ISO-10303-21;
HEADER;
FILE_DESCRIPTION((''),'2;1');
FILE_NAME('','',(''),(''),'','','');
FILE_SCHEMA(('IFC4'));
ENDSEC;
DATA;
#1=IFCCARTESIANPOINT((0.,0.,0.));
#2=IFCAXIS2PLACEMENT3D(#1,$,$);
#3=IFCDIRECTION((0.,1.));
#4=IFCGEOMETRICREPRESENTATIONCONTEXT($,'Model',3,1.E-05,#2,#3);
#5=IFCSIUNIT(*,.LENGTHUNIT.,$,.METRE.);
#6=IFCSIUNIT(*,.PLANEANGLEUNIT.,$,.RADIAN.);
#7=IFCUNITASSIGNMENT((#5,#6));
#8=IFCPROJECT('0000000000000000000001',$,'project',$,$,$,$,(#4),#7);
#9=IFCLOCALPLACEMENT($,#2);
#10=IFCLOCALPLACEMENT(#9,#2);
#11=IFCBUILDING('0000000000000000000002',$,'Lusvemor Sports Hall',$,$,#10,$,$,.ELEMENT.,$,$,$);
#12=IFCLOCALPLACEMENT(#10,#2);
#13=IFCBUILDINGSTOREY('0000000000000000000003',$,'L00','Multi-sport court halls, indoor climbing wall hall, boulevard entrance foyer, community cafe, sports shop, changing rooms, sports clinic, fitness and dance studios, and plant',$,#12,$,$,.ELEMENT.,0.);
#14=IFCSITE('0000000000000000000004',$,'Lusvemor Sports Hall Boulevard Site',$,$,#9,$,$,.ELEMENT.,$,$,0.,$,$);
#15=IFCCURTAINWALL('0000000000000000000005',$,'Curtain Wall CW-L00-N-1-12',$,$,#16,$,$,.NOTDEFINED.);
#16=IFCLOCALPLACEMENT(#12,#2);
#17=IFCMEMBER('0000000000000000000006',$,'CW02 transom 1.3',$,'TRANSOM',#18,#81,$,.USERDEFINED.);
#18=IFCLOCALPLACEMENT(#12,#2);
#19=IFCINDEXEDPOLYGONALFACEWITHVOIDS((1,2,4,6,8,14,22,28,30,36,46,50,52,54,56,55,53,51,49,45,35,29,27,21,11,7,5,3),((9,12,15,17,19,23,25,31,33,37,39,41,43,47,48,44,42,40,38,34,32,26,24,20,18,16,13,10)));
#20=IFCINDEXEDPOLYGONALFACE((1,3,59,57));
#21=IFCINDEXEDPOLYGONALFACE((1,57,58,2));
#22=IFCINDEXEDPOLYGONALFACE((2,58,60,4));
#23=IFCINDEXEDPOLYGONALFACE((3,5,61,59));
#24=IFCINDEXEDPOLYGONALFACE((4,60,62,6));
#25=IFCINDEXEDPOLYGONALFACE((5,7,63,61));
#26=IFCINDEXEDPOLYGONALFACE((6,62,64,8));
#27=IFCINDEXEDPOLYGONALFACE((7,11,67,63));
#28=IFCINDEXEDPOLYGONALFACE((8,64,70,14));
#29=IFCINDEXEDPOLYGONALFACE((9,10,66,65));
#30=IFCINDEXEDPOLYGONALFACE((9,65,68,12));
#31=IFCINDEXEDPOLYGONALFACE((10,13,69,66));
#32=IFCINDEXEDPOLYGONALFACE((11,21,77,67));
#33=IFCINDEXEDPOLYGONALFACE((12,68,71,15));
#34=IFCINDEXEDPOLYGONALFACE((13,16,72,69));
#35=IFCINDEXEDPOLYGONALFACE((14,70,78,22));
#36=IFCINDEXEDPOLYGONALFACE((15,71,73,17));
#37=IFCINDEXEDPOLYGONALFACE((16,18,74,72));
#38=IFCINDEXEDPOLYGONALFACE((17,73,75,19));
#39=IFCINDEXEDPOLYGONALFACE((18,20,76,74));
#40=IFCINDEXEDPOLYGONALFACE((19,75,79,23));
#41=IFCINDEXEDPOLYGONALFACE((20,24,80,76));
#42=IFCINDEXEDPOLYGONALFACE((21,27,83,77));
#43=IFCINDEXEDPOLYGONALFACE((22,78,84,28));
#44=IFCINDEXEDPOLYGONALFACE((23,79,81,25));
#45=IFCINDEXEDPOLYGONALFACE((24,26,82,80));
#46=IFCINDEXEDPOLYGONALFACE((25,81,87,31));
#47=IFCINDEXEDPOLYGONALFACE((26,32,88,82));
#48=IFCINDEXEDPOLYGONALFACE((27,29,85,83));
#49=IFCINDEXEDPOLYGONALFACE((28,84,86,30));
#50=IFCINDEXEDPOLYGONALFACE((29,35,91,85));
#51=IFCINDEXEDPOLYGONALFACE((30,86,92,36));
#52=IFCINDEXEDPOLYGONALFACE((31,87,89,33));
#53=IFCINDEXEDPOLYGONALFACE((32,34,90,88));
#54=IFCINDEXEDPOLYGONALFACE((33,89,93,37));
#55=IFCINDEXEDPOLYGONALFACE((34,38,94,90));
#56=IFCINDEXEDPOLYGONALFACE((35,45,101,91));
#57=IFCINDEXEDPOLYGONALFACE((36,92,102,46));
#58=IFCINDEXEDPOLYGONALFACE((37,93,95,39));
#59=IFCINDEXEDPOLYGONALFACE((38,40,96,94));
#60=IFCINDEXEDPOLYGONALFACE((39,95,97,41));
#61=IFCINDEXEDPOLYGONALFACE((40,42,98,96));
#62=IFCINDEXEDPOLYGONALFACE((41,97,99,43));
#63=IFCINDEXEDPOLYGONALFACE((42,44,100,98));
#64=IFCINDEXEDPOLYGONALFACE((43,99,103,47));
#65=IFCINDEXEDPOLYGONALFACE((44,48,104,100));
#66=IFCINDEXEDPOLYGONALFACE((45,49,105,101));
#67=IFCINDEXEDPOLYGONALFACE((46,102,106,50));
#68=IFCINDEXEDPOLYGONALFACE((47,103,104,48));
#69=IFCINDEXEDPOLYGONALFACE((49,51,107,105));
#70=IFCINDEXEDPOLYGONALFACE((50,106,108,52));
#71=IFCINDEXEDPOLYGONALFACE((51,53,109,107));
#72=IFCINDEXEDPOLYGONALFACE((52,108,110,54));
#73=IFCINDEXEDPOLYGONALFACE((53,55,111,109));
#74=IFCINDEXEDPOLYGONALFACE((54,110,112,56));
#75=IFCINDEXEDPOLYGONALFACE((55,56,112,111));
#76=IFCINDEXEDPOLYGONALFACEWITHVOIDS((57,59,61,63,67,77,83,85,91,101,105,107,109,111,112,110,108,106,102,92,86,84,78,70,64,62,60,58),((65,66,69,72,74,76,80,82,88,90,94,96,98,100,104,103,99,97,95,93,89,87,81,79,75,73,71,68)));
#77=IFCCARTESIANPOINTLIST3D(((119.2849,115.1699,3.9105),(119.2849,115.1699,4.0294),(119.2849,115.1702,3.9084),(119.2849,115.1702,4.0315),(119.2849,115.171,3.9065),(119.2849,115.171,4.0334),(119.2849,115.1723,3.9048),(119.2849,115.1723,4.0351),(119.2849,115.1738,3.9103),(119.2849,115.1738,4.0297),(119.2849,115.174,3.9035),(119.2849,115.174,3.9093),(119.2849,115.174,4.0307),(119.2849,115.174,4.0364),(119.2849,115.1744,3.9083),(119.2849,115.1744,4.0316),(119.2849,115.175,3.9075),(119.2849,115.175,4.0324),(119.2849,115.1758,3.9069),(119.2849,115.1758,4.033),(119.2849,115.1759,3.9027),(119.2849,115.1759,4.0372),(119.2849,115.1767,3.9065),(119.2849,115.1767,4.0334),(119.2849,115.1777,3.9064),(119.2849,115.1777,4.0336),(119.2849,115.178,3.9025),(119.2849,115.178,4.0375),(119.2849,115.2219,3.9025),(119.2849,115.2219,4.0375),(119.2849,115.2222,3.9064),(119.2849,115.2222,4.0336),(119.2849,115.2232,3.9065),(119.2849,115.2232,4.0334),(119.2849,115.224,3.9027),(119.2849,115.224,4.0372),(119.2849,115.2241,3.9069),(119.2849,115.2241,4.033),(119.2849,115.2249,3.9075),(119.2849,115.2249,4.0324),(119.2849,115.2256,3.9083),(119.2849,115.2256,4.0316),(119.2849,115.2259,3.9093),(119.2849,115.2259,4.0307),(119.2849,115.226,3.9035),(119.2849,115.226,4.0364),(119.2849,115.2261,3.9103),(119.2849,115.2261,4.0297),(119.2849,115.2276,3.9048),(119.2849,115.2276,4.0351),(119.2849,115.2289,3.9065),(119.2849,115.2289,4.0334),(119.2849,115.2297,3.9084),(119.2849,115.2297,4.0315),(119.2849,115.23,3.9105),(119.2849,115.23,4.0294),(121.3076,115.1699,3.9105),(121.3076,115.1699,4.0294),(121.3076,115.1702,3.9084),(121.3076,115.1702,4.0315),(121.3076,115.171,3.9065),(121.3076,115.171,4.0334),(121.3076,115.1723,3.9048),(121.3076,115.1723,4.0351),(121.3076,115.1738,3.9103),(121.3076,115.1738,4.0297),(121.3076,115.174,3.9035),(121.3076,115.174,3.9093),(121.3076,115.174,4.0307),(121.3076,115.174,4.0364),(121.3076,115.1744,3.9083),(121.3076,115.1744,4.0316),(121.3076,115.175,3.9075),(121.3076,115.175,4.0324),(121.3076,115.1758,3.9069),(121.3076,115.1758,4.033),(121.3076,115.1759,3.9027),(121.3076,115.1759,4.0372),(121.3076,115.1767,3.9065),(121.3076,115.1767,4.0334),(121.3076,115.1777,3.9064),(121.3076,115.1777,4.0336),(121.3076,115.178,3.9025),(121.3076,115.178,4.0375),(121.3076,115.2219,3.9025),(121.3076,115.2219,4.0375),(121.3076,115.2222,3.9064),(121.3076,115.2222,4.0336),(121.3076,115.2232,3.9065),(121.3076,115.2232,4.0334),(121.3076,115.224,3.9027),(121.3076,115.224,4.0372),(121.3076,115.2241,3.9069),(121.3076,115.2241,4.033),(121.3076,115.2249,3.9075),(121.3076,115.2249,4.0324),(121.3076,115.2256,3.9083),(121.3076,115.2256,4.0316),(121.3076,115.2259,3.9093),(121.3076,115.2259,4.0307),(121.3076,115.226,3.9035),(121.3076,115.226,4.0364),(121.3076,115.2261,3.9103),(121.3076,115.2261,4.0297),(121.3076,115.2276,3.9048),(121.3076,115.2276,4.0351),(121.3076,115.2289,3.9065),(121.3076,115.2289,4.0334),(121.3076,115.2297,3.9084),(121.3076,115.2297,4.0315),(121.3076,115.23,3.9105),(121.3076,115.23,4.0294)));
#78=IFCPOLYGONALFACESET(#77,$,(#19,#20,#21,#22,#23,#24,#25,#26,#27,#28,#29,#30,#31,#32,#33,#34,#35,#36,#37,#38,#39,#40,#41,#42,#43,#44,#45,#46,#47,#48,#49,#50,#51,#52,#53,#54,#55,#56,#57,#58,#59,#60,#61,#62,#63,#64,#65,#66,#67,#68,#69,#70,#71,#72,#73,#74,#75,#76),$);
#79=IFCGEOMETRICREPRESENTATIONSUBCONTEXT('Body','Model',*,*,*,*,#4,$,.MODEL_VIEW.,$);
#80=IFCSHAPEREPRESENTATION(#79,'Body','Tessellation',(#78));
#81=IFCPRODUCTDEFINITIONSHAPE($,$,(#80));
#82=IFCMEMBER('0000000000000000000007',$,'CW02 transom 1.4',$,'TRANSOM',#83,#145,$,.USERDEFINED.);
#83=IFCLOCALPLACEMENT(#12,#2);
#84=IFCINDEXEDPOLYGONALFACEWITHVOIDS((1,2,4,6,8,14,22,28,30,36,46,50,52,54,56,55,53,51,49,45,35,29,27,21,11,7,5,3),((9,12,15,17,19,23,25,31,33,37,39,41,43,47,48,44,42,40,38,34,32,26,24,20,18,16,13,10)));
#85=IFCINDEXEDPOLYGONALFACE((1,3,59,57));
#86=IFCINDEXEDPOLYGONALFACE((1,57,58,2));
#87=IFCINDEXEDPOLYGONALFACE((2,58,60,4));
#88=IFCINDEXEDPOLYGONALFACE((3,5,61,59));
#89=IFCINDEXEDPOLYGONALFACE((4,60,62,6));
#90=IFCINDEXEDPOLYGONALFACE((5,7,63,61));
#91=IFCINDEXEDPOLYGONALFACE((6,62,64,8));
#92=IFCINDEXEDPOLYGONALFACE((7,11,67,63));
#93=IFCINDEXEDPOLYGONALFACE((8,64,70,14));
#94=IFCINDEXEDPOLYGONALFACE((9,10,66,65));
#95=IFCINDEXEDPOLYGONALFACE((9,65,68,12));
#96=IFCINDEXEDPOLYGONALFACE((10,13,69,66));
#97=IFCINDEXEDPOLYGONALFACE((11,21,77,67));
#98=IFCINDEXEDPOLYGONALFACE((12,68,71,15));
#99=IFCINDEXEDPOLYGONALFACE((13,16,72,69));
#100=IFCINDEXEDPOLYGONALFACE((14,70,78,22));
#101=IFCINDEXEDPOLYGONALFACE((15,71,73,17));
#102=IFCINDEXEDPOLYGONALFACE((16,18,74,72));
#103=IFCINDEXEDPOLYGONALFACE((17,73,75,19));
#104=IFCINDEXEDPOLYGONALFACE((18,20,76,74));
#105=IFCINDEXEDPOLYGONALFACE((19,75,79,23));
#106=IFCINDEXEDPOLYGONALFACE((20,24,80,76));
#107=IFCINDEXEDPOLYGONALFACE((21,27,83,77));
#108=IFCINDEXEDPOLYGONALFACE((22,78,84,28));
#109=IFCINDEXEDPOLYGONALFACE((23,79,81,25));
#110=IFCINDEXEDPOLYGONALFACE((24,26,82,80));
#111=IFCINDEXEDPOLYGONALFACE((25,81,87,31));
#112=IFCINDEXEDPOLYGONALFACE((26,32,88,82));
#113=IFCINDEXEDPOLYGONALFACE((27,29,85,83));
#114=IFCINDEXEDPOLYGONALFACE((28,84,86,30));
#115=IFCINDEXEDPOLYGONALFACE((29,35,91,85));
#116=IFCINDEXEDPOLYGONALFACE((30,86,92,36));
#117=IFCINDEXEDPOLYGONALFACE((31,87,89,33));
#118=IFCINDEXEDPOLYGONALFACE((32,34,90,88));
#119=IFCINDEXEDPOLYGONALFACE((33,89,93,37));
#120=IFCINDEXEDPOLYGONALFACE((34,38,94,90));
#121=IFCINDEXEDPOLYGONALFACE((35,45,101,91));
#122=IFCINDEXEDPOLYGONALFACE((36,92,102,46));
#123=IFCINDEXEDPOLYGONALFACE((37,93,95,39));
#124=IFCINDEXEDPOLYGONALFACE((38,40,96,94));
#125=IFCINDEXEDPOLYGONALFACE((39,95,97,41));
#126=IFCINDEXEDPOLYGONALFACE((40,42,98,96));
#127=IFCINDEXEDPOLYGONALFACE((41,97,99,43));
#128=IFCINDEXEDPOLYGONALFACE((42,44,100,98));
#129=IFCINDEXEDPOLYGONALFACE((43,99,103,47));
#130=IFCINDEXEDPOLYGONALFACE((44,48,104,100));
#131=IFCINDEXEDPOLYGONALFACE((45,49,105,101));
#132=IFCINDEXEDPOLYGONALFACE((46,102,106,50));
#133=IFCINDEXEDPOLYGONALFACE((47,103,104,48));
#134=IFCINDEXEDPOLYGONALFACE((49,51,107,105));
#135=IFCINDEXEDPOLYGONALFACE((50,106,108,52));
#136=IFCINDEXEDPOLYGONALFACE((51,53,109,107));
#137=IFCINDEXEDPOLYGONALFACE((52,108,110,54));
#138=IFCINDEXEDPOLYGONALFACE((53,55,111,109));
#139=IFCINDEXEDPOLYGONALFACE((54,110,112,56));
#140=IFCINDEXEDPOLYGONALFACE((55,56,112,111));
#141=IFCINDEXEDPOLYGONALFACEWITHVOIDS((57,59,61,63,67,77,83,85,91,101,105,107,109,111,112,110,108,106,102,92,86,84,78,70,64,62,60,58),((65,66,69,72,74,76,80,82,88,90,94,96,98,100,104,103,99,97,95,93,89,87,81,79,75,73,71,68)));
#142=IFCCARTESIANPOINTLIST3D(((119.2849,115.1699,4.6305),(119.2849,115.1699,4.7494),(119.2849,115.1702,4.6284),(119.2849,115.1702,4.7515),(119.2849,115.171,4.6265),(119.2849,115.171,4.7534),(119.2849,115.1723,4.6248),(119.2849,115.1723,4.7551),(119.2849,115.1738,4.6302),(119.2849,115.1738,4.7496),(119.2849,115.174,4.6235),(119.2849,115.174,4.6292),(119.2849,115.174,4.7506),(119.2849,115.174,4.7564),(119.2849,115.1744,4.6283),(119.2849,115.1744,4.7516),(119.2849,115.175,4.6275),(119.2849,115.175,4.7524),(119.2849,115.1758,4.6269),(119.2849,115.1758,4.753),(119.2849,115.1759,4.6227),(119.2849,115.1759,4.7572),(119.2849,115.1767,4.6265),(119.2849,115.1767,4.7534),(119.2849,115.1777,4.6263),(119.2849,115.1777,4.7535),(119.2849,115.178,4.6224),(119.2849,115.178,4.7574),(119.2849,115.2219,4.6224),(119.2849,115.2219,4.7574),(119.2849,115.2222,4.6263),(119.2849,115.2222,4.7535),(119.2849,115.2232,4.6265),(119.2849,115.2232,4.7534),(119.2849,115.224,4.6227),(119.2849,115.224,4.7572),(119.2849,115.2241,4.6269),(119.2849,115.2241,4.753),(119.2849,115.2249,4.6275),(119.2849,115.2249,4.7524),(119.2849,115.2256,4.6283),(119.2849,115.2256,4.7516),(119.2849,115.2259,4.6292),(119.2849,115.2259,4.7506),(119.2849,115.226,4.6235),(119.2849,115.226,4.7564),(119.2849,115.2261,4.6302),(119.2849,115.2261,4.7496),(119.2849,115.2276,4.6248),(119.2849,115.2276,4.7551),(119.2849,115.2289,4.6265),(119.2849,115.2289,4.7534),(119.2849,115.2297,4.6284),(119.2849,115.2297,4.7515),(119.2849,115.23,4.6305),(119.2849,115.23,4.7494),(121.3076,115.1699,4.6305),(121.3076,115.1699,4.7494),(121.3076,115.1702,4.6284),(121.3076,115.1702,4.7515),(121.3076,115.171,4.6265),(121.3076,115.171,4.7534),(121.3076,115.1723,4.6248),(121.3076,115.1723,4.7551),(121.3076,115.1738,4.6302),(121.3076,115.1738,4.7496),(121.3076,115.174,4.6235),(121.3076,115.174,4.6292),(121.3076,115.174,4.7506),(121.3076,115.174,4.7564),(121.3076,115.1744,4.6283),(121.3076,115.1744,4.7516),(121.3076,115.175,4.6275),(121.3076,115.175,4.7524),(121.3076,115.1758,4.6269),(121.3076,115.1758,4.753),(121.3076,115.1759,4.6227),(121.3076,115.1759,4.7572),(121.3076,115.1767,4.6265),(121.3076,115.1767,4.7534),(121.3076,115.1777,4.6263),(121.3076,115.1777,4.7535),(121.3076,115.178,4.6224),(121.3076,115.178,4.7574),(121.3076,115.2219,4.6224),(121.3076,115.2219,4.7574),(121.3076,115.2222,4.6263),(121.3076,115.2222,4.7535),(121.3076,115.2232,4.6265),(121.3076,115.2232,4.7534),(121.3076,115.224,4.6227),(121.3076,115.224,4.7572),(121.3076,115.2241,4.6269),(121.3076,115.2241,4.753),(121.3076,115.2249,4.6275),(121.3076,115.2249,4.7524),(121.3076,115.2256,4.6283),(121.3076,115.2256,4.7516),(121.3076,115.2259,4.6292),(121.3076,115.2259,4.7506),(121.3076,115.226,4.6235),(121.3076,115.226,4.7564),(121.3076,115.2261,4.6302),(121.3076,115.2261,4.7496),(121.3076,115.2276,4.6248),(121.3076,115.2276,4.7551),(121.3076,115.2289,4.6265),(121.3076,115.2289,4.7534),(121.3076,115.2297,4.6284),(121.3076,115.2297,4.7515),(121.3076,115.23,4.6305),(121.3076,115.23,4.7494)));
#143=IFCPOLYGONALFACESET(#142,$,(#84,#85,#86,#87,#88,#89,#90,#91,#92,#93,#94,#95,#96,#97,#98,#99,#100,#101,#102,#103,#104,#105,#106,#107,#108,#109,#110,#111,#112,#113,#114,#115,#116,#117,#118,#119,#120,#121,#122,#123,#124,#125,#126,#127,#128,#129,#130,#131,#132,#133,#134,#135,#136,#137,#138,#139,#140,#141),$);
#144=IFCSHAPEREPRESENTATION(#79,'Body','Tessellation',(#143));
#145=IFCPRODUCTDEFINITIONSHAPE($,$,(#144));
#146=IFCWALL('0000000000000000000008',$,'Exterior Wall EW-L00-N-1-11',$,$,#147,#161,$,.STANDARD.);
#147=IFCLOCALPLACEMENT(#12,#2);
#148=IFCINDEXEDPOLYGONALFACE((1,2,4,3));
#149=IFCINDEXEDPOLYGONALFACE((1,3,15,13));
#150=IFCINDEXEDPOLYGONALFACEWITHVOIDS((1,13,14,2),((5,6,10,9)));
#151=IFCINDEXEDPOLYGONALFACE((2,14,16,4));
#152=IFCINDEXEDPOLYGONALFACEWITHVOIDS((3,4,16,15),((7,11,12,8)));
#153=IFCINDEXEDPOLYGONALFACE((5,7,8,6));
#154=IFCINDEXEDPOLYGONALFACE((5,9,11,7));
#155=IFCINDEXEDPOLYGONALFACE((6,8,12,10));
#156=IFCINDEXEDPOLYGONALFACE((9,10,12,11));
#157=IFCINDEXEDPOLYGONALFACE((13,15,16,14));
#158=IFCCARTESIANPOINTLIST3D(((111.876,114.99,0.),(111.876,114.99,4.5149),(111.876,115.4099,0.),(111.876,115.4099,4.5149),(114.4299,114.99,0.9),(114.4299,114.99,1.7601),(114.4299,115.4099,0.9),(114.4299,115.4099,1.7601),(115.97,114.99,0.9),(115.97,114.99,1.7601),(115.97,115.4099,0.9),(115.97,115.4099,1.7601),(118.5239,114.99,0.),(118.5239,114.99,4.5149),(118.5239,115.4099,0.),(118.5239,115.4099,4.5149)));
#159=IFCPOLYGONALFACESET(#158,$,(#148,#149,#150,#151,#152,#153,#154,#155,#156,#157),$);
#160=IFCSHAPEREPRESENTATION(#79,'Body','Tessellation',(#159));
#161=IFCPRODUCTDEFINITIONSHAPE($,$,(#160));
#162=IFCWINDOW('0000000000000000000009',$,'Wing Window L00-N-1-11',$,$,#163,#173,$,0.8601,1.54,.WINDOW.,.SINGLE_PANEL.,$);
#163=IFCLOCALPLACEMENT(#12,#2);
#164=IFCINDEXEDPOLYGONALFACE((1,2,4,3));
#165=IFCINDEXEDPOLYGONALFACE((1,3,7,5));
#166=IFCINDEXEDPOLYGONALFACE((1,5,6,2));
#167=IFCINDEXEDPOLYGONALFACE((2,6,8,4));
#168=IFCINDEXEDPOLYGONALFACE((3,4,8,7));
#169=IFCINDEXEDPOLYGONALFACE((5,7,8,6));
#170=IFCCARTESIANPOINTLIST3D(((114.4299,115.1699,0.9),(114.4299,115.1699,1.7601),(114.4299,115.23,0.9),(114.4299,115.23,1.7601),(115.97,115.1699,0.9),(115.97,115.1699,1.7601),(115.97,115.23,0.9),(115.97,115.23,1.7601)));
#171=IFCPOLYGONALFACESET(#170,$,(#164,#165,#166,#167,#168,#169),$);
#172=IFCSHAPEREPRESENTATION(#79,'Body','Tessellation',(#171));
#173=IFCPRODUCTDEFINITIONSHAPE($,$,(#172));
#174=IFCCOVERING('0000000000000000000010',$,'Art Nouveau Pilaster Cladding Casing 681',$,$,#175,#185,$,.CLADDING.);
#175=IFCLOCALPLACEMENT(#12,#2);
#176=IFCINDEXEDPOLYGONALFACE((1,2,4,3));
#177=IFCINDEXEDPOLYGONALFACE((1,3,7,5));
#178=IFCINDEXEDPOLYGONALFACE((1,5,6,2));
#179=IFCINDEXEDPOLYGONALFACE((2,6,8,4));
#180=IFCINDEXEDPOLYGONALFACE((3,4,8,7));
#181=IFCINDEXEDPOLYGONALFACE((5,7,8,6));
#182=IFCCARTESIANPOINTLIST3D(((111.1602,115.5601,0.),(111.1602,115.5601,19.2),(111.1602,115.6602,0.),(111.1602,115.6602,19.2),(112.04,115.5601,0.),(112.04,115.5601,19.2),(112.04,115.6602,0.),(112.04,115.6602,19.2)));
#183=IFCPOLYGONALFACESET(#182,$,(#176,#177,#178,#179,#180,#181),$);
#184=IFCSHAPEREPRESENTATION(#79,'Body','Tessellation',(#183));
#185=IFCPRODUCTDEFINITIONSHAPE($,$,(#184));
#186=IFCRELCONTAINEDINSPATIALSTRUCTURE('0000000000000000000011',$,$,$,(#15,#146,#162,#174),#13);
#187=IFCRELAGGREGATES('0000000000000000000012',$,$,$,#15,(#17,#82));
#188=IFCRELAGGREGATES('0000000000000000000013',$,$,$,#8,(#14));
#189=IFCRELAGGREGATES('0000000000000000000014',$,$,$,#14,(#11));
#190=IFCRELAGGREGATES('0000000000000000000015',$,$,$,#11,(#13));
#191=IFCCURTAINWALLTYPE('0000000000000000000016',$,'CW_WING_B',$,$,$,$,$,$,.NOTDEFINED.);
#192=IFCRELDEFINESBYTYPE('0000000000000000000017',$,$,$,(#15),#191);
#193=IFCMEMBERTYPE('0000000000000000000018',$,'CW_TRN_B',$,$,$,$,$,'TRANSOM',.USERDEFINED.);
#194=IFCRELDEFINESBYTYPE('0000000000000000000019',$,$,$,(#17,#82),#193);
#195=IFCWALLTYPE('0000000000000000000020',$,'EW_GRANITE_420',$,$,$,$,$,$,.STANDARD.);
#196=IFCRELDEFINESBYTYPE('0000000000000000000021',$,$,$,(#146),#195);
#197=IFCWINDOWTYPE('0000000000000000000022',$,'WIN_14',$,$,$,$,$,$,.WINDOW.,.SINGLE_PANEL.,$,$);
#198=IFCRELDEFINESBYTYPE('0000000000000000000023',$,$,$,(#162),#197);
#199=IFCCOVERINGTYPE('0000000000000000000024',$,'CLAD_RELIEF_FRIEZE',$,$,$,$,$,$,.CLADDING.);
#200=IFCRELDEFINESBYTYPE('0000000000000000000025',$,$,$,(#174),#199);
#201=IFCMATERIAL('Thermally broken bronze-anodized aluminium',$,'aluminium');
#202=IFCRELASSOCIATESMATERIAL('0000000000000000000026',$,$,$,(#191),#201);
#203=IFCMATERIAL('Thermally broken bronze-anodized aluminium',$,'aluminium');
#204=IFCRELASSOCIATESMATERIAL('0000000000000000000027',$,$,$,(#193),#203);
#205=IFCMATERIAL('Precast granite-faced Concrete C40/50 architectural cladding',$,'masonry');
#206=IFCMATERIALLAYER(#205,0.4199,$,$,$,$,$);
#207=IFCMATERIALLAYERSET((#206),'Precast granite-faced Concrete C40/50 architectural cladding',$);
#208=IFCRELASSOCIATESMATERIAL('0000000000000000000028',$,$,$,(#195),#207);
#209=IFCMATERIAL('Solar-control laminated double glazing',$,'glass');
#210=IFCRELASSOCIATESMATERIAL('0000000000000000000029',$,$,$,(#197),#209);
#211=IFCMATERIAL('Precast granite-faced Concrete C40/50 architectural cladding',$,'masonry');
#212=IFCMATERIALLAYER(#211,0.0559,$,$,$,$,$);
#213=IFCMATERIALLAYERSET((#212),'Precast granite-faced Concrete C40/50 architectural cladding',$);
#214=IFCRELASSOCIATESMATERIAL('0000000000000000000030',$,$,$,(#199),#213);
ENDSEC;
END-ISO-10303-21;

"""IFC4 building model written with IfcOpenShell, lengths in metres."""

from ifc_helpers import new_model, si_unit, direction, frame, frame_2d, origin, origin_2d, place, context, subcontext, project, spatial, rectangle, hollow_rectangle, extrude, material, layer, layer_set, material_profile, profile_set, type_object, element, fill, aggregate, save


model = new_model("IFC4")

# Units and contexts
model_context = context("Model", 3, precision=1e-05, world=origin(), true_north=direction((0.0, 1.0)))
body_context = subcontext(model_context, "Body", "Model", "MODEL_VIEW")
ifc_project = project(units=[si_unit("LENGTHUNIT", "METRE"), si_unit("PLANEANGLEUNIT", "RADIAN")], contexts=[model_context])

# Site, building, storey
site_placement = place(None, origin())
site = spatial("IfcSite", under=ifc_project, at=site_placement, Name="Lusvemor Sports Hall Boulevard Site", CompositionType="ELEMENT", RefElevation=0.0)
building_placement = place(site_placement, origin())
building = spatial("IfcBuilding", under=site, at=building_placement, Name="Lusvemor Sports Hall", CompositionType="ELEMENT")
storey_placement = place(building_placement, origin())
storey = spatial("IfcBuildingStorey", under=building, at=storey_placement, Name="L00", Description="Multi-sport court halls, indoor climbing wall hall, boulevard entrance foyer, community cafe, sports shop, changing rooms, sports clinic, fitness and dance studios, and plant", CompositionType="ELEMENT", Elevation=0.0)

# Curtain wall, members
ifc_material_1 = material(Name="Thermally broken bronze-anodized aluminium", Category="aluminium")
curtain_wall_type = type_object("IfcCurtainWallType", Name="CW_WING_B", PredefinedType="NOTDEFINED", material=ifc_material_1)
curtain_wall_placement = place(storey_placement, origin())
curtain_wall = element("IfcCurtainWall", 1, at=curtain_wall_placement, inside=storey, type_object=curtain_wall_type, Name="Curtain Wall CW-L00-N-1-12", PredefinedType="NOTDEFINED")
ifc_material_2 = material(Name="Thermally broken bronze-anodized aluminium", Category="aluminium")
ifc_material_profile_1 = material_profile(ifc_material_2, hollow_rectangle(XDim=0.0601, YDim=0.135, WallThickness=0.0039, InnerFilletRadius=0.0039, OuterFilletRadius=0.0081, at=origin_2d()), Name="CWTRN135x60x4")
ifc_profile_set_1 = profile_set([ifc_material_profile_1], Name="Thermally broken bronze-anodized aluminium")
member_type_1 = type_object("IfcMemberType", Name="CW_TRN_B", ElementType="TRANSOM", PredefinedType="USERDEFINED", material=ifc_profile_set_1)
member_1_placement = place(storey_placement, frame((119.2849, 115.2, 3.97), z_axis=(1.0, 0.0, 0.0), x_axis=(0.0, 1.0, 0.0)))
member_1 = element("IfcMember", 2, at=member_1_placement, type_object=member_type_1, Name="CW02 transom 1.3", ObjectType="TRANSOM", PredefinedType="USERDEFINED", context=body_context, shape_type="SweptSolid", body=[
    extrude(hollow_rectangle(XDim=0.0601, YDim=0.135, WallThickness=0.0039, InnerFilletRadius=0.0039, OuterFilletRadius=0.0081, at=origin_2d()), origin(), (0.0, 0.0, 1.0), 2.0227),
])
member_2_placement = place(storey_placement, frame((119.2849, 115.2, 4.6899), z_axis=(1.0, 0.0, 0.0), x_axis=(0.0, 1.0, 0.0)))
member_2 = element("IfcMember", 3, at=member_2_placement, type_object=member_type_1, Name="CW02 transom 1.4", ObjectType="TRANSOM", PredefinedType="USERDEFINED", context=body_context, shape_type="SweptSolid", body=[
    extrude(hollow_rectangle(XDim=0.0601, YDim=0.135, WallThickness=0.0039, InnerFilletRadius=0.0039, OuterFilletRadius=0.0081, at=origin_2d()), origin(), (0.0, 0.0, 1.0), 2.0227),
])
aggregate(curtain_wall, [member_1, member_2])

# Wall, opening, window
ifc_material_3 = material(Name="Precast granite-faced Concrete C40/50 architectural cladding", Category="masonry")
ifc_layer_1 = layer(ifc_material_3, 0.4199)
ifc_layer_set_1 = layer_set([ifc_layer_1], Name="Precast granite-faced Concrete C40/50 architectural cladding")
wall_type_1 = type_object("IfcWallType", Name="EW_GRANITE_420", PredefinedType="STANDARD", material=ifc_layer_set_1)
wall_1_placement = place(storey_placement, frame((111.876, 115.2, 0.0), z_axis=(0.0, 0.0, 1.0), x_axis=(1.0, 0.0, 0.0)))
wall_1 = element("IfcWall", 4, at=wall_1_placement, inside=storey, type_object=wall_type_1, Name="Exterior Wall EW-L00-N-1-11", PredefinedType="STANDARD", context=body_context, shape_type="SweptSolid", body=[
    extrude(rectangle(XDim=6.6479, YDim=0.4199, at=frame_2d((3.324, 0.0))), origin(), (0.0, 0.0, 1.0), 4.5149),
])
opening_1_placement = place(wall_1_placement, frame((2.554, 0.0, 0.8999)))
opening_1 = element("IfcOpeningElement", 5, at=opening_1_placement, cuts=wall_1, PredefinedType="OPENING", context=body_context, shape_type="SweptSolid", body=[
    extrude(rectangle(XDim=1.54, YDim=0.8601, at=frame_2d((0.77, 0.4302))), frame((0.0, 0.21, 0.0), z_axis=(0.0, -1.0, 0.0), x_axis=(1.0, 0.0, 0.0)), (0.0, 0.0, 1.0), 0.4199),
])
ifc_material_4 = material(Name="Solar-control laminated double glazing", Category="glass")
window_type = type_object("IfcWindowType", Name="WIN_14", PartitioningType="SINGLE_PANEL", PredefinedType="WINDOW", material=ifc_material_4)
window_placement = place(opening_1_placement, origin())
window = element("IfcWindow", 6, at=window_placement, inside=storey, type_object=window_type, Name="Wing Window L00-N-1-11", OverallHeight=0.8601, OverallWidth=1.54, PartitioningType="SINGLE_PANEL", PredefinedType="WINDOW", context=body_context, shape_type="SweptSolid", body=[
    extrude(rectangle(XDim=1.54, YDim=0.8601, at=frame_2d((0.77, 0.4302))), frame((0.0, 0.03, 0.0), z_axis=(0.0, -1.0, 0.0), x_axis=(1.0, 0.0, 0.0)), (0.0, 0.0, 1.0), 0.0601),
])
fill(opening_1, window)

# Covering
ifc_material_5 = material(Name="Precast granite-faced Concrete C40/50 architectural cladding", Category="masonry")
ifc_layer_2 = layer(ifc_material_5, 0.0559)
ifc_layer_set_2 = layer_set([ifc_layer_2], Name="Precast granite-faced Concrete C40/50 architectural cladding")
covering_type_1 = type_object("IfcCoveringType", Name="CLAD_RELIEF_FRIEZE", PredefinedType="CLADDING", material=ifc_layer_set_2)
for number, where, z_axis, x_axis, name in (
    (7, (111.6001, 115.6101, 0.0), (0.0, 0.0, 1.0), (1.0, 0.0, 0.0), "Art Nouveau Pilaster Cladding Casing 681"),
):
    element("IfcCovering", number, at=place(storey_placement, frame(where, z_axis=z_axis, x_axis=x_axis)), inside=storey, type_object=covering_type_1, Name=name, PredefinedType="CLADDING", context=body_context, shape_type="SweptSolid", body=[
        extrude(rectangle(XDim=0.8799, YDim=0.1001, at=origin_2d()), origin(), (0.0, 0.0, 1.0), 19.2),
    ])

save(model, "model.ifc")
